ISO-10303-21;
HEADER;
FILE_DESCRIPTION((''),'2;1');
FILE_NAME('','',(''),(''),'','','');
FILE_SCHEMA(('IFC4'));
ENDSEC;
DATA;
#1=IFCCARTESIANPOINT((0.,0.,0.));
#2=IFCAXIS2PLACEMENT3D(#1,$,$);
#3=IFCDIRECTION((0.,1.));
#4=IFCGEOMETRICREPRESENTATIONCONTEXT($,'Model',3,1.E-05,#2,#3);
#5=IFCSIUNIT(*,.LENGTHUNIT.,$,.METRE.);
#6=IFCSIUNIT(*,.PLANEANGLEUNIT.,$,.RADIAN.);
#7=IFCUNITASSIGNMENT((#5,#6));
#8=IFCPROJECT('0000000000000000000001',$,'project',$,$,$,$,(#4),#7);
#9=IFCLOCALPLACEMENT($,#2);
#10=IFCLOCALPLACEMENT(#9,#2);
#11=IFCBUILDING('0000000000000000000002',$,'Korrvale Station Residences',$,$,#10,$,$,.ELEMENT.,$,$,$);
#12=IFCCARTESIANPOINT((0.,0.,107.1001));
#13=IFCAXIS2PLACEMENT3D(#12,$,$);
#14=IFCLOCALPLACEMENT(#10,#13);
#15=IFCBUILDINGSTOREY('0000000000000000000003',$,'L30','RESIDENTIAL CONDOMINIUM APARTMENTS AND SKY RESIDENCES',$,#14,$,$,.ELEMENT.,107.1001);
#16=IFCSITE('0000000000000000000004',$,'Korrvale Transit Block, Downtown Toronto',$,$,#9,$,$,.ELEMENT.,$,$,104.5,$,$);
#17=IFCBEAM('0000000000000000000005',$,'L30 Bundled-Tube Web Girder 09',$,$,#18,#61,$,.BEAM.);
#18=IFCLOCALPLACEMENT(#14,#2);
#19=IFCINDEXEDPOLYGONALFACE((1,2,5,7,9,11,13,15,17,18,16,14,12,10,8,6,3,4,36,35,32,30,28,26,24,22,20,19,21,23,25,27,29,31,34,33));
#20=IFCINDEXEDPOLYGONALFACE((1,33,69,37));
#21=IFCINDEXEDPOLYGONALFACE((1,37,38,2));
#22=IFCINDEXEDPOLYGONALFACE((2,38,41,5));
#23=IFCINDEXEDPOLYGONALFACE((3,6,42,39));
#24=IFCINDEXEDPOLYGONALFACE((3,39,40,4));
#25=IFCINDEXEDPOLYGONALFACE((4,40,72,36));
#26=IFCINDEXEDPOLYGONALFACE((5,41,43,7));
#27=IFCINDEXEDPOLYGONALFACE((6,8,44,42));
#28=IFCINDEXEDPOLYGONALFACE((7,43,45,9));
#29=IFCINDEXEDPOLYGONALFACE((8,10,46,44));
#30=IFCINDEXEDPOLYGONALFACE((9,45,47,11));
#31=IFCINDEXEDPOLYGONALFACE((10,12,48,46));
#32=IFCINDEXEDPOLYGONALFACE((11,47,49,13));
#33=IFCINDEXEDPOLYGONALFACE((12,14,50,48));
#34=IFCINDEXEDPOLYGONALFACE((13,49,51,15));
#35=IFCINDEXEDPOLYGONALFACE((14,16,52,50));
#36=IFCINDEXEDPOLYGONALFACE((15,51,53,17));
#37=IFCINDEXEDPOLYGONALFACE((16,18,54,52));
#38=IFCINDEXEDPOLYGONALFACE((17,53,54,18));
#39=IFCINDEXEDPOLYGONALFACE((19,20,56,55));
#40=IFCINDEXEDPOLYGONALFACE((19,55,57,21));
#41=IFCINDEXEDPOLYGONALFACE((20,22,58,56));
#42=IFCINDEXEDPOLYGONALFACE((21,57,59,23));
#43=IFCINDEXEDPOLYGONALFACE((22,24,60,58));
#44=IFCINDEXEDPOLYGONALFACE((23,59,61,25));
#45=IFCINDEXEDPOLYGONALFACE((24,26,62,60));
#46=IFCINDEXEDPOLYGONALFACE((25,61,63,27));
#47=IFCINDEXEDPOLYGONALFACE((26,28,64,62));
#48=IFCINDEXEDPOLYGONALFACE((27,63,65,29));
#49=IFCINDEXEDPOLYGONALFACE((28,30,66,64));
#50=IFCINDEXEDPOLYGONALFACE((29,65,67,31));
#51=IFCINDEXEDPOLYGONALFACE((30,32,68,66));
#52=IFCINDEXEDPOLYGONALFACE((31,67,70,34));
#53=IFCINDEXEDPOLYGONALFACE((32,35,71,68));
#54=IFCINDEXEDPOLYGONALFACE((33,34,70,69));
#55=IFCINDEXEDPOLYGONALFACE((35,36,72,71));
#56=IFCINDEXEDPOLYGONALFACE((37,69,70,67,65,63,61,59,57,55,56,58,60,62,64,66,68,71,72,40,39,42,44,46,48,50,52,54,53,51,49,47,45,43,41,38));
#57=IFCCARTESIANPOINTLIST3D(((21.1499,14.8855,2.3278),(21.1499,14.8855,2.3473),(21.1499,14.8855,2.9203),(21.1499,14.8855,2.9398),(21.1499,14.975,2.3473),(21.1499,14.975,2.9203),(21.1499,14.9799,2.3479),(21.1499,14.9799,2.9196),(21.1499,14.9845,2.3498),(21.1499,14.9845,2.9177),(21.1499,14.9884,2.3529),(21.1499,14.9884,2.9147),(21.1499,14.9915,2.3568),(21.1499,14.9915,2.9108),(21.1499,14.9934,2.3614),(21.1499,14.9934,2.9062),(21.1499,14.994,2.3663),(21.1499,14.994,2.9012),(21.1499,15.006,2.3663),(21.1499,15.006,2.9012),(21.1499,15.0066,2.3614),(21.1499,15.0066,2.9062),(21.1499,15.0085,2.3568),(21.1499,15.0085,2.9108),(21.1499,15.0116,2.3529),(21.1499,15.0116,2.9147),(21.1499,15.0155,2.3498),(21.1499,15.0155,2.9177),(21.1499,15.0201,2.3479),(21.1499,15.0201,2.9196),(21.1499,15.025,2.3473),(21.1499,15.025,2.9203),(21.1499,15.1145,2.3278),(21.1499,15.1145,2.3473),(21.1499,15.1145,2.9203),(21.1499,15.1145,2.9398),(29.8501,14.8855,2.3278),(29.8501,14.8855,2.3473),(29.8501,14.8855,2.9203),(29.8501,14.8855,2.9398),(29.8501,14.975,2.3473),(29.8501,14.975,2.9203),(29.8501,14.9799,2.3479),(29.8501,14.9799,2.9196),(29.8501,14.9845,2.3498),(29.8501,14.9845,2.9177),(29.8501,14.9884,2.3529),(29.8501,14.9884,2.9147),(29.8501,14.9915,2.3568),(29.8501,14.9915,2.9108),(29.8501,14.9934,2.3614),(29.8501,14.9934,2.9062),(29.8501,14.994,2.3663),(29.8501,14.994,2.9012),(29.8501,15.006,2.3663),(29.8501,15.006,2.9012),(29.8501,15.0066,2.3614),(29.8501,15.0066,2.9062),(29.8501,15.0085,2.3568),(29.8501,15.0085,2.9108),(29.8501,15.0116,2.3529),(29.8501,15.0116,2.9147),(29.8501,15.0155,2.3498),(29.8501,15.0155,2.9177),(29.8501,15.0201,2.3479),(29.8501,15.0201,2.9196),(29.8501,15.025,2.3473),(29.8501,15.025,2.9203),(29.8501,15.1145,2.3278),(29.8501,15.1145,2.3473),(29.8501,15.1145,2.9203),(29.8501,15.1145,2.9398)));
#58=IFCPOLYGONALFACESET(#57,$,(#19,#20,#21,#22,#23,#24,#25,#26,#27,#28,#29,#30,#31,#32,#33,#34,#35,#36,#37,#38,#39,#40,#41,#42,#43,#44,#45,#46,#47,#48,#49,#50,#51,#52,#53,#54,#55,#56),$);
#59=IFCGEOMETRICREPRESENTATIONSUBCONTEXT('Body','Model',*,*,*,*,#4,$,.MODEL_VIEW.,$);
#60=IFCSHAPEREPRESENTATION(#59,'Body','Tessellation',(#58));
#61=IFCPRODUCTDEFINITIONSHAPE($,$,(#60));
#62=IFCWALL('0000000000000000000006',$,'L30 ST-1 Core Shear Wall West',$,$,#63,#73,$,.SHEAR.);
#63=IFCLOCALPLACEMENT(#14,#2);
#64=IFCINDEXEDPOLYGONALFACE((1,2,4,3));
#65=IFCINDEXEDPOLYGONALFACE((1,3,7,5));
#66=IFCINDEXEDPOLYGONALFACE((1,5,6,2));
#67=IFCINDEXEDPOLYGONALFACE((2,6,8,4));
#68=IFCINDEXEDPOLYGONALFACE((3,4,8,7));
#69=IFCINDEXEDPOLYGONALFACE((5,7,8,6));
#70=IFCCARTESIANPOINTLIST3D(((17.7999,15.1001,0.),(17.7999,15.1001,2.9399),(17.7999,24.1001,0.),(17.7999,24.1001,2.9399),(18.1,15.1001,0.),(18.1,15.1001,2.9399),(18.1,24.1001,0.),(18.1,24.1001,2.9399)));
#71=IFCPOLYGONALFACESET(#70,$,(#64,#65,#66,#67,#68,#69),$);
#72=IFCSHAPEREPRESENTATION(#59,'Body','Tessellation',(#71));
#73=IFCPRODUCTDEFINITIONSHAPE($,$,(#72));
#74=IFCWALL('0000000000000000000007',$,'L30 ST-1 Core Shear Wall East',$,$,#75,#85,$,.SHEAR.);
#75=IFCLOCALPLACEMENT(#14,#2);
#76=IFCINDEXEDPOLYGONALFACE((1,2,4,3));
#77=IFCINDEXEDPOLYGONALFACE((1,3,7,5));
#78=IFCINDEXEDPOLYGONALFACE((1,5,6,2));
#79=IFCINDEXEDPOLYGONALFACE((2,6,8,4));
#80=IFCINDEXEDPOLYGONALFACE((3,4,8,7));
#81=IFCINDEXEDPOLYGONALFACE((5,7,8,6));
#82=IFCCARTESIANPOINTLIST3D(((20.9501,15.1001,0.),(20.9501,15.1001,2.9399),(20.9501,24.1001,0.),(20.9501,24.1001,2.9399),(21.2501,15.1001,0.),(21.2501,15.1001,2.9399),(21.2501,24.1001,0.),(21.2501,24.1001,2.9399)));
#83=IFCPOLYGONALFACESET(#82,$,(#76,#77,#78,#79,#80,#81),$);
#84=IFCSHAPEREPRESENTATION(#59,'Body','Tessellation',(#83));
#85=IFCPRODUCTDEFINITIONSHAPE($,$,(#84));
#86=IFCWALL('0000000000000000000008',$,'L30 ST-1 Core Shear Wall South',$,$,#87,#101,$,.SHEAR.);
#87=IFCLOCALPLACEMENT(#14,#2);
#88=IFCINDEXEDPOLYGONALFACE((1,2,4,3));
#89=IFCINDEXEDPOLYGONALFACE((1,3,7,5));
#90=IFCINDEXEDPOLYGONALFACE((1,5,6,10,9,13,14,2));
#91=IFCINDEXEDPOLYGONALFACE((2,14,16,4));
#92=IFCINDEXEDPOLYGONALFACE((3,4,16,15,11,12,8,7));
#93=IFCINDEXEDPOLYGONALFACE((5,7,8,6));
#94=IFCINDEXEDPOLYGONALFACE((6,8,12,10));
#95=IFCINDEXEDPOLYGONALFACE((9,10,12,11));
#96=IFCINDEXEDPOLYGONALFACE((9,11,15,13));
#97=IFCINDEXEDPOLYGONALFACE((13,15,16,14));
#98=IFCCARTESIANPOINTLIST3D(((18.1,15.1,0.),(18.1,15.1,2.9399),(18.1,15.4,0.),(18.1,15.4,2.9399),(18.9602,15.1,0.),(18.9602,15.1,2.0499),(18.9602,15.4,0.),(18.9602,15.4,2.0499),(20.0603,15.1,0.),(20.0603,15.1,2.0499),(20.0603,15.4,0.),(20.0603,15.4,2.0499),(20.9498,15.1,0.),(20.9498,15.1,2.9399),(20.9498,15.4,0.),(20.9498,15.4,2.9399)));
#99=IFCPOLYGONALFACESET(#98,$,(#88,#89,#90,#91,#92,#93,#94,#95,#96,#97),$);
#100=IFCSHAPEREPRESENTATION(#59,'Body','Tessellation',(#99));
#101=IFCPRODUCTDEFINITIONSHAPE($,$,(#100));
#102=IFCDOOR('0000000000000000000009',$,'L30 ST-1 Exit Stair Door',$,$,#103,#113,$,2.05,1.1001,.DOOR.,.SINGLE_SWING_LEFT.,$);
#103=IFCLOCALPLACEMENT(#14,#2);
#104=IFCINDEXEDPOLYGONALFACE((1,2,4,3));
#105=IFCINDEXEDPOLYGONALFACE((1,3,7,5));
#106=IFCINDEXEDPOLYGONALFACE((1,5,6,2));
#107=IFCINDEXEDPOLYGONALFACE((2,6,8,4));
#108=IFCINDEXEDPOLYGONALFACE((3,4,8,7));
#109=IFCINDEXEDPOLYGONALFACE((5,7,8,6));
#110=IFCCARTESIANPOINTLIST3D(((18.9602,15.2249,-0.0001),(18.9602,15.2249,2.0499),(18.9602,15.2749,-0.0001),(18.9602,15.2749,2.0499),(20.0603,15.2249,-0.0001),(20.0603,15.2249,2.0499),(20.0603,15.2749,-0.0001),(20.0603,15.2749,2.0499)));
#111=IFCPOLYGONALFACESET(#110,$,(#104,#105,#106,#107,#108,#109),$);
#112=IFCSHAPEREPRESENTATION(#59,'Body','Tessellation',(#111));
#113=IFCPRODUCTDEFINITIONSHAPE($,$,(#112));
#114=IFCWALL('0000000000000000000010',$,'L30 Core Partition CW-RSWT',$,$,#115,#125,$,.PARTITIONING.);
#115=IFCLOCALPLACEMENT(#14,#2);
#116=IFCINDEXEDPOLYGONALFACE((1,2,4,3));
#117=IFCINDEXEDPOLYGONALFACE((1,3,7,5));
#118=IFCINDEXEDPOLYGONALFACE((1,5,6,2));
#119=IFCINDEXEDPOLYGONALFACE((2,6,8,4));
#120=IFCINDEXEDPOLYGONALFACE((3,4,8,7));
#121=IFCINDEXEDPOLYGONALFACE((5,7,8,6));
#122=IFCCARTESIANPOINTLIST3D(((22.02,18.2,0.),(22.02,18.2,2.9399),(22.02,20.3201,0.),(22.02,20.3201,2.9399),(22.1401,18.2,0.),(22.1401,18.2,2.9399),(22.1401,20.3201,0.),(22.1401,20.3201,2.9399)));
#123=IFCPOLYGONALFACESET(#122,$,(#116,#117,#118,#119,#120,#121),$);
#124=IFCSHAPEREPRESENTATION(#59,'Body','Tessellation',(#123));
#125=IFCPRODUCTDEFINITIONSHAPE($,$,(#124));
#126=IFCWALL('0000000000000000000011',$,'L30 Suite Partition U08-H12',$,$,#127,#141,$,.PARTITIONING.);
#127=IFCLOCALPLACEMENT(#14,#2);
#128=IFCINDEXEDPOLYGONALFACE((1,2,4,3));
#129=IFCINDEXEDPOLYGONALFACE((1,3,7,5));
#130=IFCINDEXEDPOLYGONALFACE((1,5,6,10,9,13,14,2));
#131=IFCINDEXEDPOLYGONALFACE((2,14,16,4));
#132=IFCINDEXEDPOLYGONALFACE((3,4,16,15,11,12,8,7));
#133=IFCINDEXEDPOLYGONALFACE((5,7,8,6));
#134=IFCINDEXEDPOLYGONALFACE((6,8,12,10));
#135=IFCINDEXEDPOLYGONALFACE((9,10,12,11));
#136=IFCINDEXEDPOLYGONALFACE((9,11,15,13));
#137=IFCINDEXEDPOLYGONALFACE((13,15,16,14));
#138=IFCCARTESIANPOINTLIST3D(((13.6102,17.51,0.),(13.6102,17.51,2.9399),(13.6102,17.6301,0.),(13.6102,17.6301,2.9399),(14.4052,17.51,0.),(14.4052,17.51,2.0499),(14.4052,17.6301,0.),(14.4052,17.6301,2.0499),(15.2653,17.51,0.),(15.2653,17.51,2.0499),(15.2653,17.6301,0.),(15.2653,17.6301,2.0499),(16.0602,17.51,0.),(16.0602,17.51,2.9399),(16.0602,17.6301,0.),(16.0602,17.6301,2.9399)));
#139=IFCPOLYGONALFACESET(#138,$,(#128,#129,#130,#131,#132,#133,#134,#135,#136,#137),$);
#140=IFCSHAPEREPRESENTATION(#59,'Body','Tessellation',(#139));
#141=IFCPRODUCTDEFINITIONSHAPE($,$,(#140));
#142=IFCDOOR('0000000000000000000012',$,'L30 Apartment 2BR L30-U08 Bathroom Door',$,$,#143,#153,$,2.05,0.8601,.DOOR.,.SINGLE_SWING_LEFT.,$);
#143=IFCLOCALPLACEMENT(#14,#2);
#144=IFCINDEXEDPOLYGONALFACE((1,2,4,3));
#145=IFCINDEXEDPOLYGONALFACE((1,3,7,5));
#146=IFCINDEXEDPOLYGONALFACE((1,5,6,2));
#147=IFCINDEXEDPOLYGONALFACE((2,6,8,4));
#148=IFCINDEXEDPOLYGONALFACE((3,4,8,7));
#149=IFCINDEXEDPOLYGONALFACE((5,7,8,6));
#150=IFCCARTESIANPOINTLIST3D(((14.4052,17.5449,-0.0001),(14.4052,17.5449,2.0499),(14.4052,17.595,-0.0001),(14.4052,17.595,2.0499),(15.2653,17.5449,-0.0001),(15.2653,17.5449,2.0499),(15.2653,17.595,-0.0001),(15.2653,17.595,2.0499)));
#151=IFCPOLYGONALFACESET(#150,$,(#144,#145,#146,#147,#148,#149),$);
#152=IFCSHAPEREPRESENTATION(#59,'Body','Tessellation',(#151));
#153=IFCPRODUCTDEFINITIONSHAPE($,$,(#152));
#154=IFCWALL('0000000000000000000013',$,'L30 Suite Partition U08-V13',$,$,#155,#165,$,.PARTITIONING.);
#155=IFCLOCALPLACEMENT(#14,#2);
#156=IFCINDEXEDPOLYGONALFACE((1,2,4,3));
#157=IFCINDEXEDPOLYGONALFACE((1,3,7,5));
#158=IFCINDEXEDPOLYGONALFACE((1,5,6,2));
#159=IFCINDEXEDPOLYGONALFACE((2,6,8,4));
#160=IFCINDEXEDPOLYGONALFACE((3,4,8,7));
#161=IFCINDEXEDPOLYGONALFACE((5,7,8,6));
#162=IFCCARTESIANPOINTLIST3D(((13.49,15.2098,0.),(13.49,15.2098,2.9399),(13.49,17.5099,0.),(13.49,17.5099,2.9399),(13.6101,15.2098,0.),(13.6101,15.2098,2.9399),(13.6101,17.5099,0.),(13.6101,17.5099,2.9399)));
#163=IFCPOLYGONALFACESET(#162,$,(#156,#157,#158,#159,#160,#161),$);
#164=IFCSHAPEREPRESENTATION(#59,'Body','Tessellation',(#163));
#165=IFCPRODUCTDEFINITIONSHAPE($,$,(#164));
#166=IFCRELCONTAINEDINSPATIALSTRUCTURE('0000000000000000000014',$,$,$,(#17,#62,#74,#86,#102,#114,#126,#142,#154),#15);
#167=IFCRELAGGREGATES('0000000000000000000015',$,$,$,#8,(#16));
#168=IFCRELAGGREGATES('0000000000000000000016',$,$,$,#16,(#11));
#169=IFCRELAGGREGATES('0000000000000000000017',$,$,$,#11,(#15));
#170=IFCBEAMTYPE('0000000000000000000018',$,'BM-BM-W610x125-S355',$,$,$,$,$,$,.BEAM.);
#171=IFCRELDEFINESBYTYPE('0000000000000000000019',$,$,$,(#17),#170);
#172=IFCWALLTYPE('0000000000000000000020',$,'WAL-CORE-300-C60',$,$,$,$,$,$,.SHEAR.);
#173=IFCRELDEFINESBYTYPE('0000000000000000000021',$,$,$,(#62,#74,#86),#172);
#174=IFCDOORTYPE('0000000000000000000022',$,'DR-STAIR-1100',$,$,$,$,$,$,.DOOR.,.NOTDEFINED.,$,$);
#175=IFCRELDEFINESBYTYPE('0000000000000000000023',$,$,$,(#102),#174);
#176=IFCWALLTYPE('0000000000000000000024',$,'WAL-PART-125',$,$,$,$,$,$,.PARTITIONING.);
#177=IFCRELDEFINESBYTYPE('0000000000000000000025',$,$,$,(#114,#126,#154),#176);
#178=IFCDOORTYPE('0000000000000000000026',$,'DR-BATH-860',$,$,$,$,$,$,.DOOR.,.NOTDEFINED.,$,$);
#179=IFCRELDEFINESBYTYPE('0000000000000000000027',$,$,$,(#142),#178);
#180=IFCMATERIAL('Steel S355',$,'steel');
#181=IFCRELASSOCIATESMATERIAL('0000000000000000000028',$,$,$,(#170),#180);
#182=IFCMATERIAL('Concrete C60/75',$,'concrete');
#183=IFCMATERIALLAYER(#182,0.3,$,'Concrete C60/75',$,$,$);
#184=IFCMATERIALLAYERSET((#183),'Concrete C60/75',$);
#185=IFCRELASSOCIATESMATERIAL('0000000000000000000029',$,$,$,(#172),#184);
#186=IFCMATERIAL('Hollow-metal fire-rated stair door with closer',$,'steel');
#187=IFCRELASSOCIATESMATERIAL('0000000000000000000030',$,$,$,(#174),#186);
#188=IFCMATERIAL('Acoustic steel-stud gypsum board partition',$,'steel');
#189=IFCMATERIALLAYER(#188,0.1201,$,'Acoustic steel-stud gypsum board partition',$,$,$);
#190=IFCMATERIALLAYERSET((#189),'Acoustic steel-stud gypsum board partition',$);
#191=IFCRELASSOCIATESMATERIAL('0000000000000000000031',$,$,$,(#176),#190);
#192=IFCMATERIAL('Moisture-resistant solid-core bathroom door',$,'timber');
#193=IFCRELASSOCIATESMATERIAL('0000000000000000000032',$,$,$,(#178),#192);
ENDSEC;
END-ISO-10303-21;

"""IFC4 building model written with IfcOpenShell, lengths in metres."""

from ifc_helpers import new_model, si_unit, direction, frame, frame_2d, origin, origin_2d, place, context, subcontext, project, spatial, rectangle, i_section, extrude, material, layer, layer_set, material_profile, profile_set, type_object, element, fill, save


model = new_model("IFC4")

# Units and contexts
model_context = context("Model", 3, precision=1e-05, world=origin(), true_north=direction((0.0, 1.0)))
body_context = subcontext(model_context, "Body", "Model", "MODEL_VIEW")
ifc_project = project(units=[si_unit("LENGTHUNIT", "METRE"), si_unit("PLANEANGLEUNIT", "RADIAN")], contexts=[model_context])

# Site, building, storey
site_placement = place(None, origin())
site = spatial("IfcSite", under=ifc_project, at=site_placement, Name="Korrvale Transit Block, Downtown Toronto", CompositionType="ELEMENT", RefElevation=104.5)
building_placement = place(site_placement, origin())
building = spatial("IfcBuilding", under=site, at=building_placement, Name="Korrvale Station Residences", CompositionType="ELEMENT")
storey_placement = place(building_placement, frame((0.0, 0.0, 107.1001)))
storey = spatial("IfcBuildingStorey", under=building, at=storey_placement, Name="L30", Description="RESIDENTIAL CONDOMINIUM APARTMENTS AND SKY RESIDENCES", CompositionType="ELEMENT", Elevation=107.1001)

# Beam
ifc_material_1 = material(Name="Steel S355", Category="steel")
ifc_material_profile = material_profile(ifc_material_1, i_section(OverallWidth=0.229, OverallDepth=0.6121, WebThickness=0.012, FlangeThickness=0.0195, FilletRadius=0.019, at=origin_2d()), Name="W610x125")
ifc_profile_set = profile_set([ifc_material_profile], Name="Steel S355")
beam_type = type_object("IfcBeamType", Name="BM-BM-W610x125-S355", PredefinedType="BEAM", material=ifc_profile_set)
beam_placement = place(storey_placement, frame((21.1499, 15.0, 2.6338), z_axis=(1.0, 0.0, 0.0), x_axis=(0.0, 1.0, 0.0)))
element("IfcBeam", 1, at=beam_placement, inside=storey, type_object=beam_type, Name="L30 Bundled-Tube Web Girder 09", PredefinedType="BEAM", context=body_context, shape_type="SweptSolid", body=[
    extrude(i_section(OverallWidth=0.229, OverallDepth=0.6121, WebThickness=0.012, FlangeThickness=0.0195, FilletRadius=0.019, at=origin_2d()), origin(), (0.0, 0.0, 1.0), 8.7002),
])

# Walls
ifc_material_2 = material(Name="Concrete C60/75", Category="concrete")
ifc_layer_1 = layer(ifc_material_2, 0.3, Name="Concrete C60/75")
ifc_layer_set_1 = layer_set([ifc_layer_1], Name="Concrete C60/75")
wall_type_1 = type_object("IfcWallType", Name="WAL-CORE-300-C60", PredefinedType="SHEAR", material=ifc_layer_set_1)
for number, where, z_axis, x_axis, name in (
    (2, (17.95, 15.1001, 0.0), (0.0, 0.0, 1.0), (0.0, 1.0, 0.0), "L30 ST-1 Core Shear Wall West"),
    (3, (21.1001, 15.1001, 0.0), (0.0, 0.0, 1.0), (0.0, 1.0, 0.0), "L30 ST-1 Core Shear Wall East"),
):
    element("IfcWall", number, at=place(storey_placement, frame(where, z_axis=z_axis, x_axis=x_axis)), inside=storey, type_object=wall_type_1, Name=name, PredefinedType="SHEAR", context=body_context, shape_type="SweptSolid", body=[
        extrude(rectangle(XDim=9.0, YDim=0.3, at=frame_2d((4.5, 0.0))), origin(), (0.0, 0.0, 1.0), 2.9399),
    ])

# Wall, opening, door
wall_1_placement = place(storey_placement, frame((18.1001, 15.25, 0.0), z_axis=(0.0, 0.0, 1.0), x_axis=(1.0, 0.0, 0.0)))
wall_1 = element("IfcWall", 4, at=wall_1_placement, inside=storey, type_object=wall_type_1, Name="L30 ST-1 Core Shear Wall South", PredefinedType="SHEAR", context=body_context, shape_type="SweptSolid", body=[
    extrude(rectangle(XDim=2.8499, YDim=0.3, at=frame_2d((1.4248, 0.0))), origin(), (0.0, 0.0, 1.0), 2.9399),
])
opening_1_placement = place(wall_1_placement, frame((0.8601, 0.0, 0.0)))
opening_1 = element("IfcOpeningElement", 5, at=opening_1_placement, cuts=wall_1, PredefinedType="OPENING", context=body_context, shape_type="SweptSolid", body=[
    extrude(rectangle(XDim=1.1001, YDim=2.05, at=frame_2d((0.55, 1.0249))), frame((0.0, 0.1602, 0.0), z_axis=(0.0, -1.0, 0.0), x_axis=(1.0, 0.0, 0.0)), (0.0, 0.0, 1.0), 0.3201),
])
ifc_material_3 = material(Name="Hollow-metal fire-rated stair door with closer", Category="steel")
door_type_1 = type_object("IfcDoorType", Name="DR-STAIR-1100", OperationType="NOTDEFINED", PredefinedType="DOOR", material=ifc_material_3)
door_1_placement = place(opening_1_placement, origin())
door_1 = element("IfcDoor", 6, at=door_1_placement, inside=storey, type_object=door_type_1, Name="L30 ST-1 Exit Stair Door", OperationType="SINGLE_SWING_LEFT", OverallHeight=2.05, OverallWidth=1.1001, PredefinedType="DOOR", context=body_context, shape_type="SweptSolid", body=[
    extrude(rectangle(XDim=1.1001, YDim=2.05, at=frame_2d((0.55, 1.0249))), frame((0.0, 0.0249, 0.0), z_axis=(0.0, -1.0, 0.0), x_axis=(1.0, 0.0, 0.0)), (0.0, 0.0, 1.0), 0.05),
])
fill(opening_1, door_1)

# Wall
ifc_material_4 = material(Name="Acoustic steel-stud gypsum board partition", Category="steel")
ifc_layer_2 = layer(ifc_material_4, 0.1201, Name="Acoustic steel-stud gypsum board partition")
ifc_layer_set_2 = layer_set([ifc_layer_2], Name="Acoustic steel-stud gypsum board partition")
wall_type_2 = type_object("IfcWallType", Name="WAL-PART-125", PredefinedType="PARTITIONING", material=ifc_layer_set_2)
wall_2_placement = place(storey_placement, frame((22.0801, 18.2, 0.0), z_axis=(0.0, 0.0, 1.0), x_axis=(0.0, 1.0, 0.0)))
element("IfcWall", 7, at=wall_2_placement, inside=storey, type_object=wall_type_2, Name="L30 Core Partition CW-RSWT", PredefinedType="PARTITIONING", context=body_context, shape_type="SweptSolid", body=[
    extrude(rectangle(XDim=2.1201, YDim=0.1201, at=frame_2d((1.0601, 0.0))), origin(), (0.0, 0.0, 1.0), 2.9399),
])

# Wall, opening, door
wall_3_placement = place(storey_placement, frame((13.6101, 17.5701, 0.0), z_axis=(0.0, 0.0, 1.0), x_axis=(1.0, 0.0, 0.0)))
wall_3 = element("IfcWall", 8, at=wall_3_placement, inside=storey, type_object=wall_type_2, Name="L30 Suite Partition U08-H12", PredefinedType="PARTITIONING", context=body_context, shape_type="SweptSolid", body=[
    extrude(rectangle(XDim=2.45, YDim=0.1201, at=frame_2d((1.2251, 0.0))), origin(), (0.0, 0.0, 1.0), 2.9399),
])
opening_2_placement = place(wall_3_placement, frame((0.7949, 0.0, 0.0)))
opening_2 = element("IfcOpeningElement", 9, at=opening_2_placement, cuts=wall_3, PredefinedType="OPENING", context=body_context, shape_type="SweptSolid", body=[
    extrude(rectangle(XDim=0.8601, YDim=2.05, at=frame_2d((0.4302, 1.0249))), frame((0.0, 0.0701, 0.0), z_axis=(0.0, -1.0, 0.0), x_axis=(1.0, 0.0, 0.0)), (0.0, 0.0, 1.0), 0.1401),
])
ifc_material_5 = material(Name="Moisture-resistant solid-core bathroom door", Category="timber")
door_type_2 = type_object("IfcDoorType", Name="DR-BATH-860", OperationType="NOTDEFINED", PredefinedType="DOOR", material=ifc_material_5)
door_2_placement = place(opening_2_placement, origin())
door_2 = element("IfcDoor", 10, at=door_2_placement, inside=storey, type_object=door_type_2, Name="L30 Apartment 2BR L30-U08 Bathroom Door", OperationType="SINGLE_SWING_LEFT", OverallHeight=2.05, OverallWidth=0.8601, PredefinedType="DOOR", context=body_context, shape_type="SweptSolid", body=[
    extrude(rectangle(XDim=0.8601, YDim=2.05, at=frame_2d((0.4302, 1.0249))), frame((0.0, 0.0249, 0.0), z_axis=(0.0, -1.0, 0.0), x_axis=(1.0, 0.0, 0.0)), (0.0, 0.0, 1.0), 0.05),
])
fill(opening_2, door_2)

# Wall
wall_4_placement = place(storey_placement, frame((13.55, 15.21, 0.0), z_axis=(0.0, 0.0, 1.0), x_axis=(0.0, 1.0, 0.0)))
element("IfcWall", 11, at=wall_4_placement, inside=storey, type_object=wall_type_2, Name="L30 Suite Partition U08-V13", PredefinedType="PARTITIONING", context=body_context, shape_type="SweptSolid", body=[
    extrude(rectangle(XDim=2.3, YDim=0.1201, at=frame_2d((1.1499, 0.0))), origin(), (0.0, 0.0, 1.0), 2.9399),
])

save(model, "model.ifc")
